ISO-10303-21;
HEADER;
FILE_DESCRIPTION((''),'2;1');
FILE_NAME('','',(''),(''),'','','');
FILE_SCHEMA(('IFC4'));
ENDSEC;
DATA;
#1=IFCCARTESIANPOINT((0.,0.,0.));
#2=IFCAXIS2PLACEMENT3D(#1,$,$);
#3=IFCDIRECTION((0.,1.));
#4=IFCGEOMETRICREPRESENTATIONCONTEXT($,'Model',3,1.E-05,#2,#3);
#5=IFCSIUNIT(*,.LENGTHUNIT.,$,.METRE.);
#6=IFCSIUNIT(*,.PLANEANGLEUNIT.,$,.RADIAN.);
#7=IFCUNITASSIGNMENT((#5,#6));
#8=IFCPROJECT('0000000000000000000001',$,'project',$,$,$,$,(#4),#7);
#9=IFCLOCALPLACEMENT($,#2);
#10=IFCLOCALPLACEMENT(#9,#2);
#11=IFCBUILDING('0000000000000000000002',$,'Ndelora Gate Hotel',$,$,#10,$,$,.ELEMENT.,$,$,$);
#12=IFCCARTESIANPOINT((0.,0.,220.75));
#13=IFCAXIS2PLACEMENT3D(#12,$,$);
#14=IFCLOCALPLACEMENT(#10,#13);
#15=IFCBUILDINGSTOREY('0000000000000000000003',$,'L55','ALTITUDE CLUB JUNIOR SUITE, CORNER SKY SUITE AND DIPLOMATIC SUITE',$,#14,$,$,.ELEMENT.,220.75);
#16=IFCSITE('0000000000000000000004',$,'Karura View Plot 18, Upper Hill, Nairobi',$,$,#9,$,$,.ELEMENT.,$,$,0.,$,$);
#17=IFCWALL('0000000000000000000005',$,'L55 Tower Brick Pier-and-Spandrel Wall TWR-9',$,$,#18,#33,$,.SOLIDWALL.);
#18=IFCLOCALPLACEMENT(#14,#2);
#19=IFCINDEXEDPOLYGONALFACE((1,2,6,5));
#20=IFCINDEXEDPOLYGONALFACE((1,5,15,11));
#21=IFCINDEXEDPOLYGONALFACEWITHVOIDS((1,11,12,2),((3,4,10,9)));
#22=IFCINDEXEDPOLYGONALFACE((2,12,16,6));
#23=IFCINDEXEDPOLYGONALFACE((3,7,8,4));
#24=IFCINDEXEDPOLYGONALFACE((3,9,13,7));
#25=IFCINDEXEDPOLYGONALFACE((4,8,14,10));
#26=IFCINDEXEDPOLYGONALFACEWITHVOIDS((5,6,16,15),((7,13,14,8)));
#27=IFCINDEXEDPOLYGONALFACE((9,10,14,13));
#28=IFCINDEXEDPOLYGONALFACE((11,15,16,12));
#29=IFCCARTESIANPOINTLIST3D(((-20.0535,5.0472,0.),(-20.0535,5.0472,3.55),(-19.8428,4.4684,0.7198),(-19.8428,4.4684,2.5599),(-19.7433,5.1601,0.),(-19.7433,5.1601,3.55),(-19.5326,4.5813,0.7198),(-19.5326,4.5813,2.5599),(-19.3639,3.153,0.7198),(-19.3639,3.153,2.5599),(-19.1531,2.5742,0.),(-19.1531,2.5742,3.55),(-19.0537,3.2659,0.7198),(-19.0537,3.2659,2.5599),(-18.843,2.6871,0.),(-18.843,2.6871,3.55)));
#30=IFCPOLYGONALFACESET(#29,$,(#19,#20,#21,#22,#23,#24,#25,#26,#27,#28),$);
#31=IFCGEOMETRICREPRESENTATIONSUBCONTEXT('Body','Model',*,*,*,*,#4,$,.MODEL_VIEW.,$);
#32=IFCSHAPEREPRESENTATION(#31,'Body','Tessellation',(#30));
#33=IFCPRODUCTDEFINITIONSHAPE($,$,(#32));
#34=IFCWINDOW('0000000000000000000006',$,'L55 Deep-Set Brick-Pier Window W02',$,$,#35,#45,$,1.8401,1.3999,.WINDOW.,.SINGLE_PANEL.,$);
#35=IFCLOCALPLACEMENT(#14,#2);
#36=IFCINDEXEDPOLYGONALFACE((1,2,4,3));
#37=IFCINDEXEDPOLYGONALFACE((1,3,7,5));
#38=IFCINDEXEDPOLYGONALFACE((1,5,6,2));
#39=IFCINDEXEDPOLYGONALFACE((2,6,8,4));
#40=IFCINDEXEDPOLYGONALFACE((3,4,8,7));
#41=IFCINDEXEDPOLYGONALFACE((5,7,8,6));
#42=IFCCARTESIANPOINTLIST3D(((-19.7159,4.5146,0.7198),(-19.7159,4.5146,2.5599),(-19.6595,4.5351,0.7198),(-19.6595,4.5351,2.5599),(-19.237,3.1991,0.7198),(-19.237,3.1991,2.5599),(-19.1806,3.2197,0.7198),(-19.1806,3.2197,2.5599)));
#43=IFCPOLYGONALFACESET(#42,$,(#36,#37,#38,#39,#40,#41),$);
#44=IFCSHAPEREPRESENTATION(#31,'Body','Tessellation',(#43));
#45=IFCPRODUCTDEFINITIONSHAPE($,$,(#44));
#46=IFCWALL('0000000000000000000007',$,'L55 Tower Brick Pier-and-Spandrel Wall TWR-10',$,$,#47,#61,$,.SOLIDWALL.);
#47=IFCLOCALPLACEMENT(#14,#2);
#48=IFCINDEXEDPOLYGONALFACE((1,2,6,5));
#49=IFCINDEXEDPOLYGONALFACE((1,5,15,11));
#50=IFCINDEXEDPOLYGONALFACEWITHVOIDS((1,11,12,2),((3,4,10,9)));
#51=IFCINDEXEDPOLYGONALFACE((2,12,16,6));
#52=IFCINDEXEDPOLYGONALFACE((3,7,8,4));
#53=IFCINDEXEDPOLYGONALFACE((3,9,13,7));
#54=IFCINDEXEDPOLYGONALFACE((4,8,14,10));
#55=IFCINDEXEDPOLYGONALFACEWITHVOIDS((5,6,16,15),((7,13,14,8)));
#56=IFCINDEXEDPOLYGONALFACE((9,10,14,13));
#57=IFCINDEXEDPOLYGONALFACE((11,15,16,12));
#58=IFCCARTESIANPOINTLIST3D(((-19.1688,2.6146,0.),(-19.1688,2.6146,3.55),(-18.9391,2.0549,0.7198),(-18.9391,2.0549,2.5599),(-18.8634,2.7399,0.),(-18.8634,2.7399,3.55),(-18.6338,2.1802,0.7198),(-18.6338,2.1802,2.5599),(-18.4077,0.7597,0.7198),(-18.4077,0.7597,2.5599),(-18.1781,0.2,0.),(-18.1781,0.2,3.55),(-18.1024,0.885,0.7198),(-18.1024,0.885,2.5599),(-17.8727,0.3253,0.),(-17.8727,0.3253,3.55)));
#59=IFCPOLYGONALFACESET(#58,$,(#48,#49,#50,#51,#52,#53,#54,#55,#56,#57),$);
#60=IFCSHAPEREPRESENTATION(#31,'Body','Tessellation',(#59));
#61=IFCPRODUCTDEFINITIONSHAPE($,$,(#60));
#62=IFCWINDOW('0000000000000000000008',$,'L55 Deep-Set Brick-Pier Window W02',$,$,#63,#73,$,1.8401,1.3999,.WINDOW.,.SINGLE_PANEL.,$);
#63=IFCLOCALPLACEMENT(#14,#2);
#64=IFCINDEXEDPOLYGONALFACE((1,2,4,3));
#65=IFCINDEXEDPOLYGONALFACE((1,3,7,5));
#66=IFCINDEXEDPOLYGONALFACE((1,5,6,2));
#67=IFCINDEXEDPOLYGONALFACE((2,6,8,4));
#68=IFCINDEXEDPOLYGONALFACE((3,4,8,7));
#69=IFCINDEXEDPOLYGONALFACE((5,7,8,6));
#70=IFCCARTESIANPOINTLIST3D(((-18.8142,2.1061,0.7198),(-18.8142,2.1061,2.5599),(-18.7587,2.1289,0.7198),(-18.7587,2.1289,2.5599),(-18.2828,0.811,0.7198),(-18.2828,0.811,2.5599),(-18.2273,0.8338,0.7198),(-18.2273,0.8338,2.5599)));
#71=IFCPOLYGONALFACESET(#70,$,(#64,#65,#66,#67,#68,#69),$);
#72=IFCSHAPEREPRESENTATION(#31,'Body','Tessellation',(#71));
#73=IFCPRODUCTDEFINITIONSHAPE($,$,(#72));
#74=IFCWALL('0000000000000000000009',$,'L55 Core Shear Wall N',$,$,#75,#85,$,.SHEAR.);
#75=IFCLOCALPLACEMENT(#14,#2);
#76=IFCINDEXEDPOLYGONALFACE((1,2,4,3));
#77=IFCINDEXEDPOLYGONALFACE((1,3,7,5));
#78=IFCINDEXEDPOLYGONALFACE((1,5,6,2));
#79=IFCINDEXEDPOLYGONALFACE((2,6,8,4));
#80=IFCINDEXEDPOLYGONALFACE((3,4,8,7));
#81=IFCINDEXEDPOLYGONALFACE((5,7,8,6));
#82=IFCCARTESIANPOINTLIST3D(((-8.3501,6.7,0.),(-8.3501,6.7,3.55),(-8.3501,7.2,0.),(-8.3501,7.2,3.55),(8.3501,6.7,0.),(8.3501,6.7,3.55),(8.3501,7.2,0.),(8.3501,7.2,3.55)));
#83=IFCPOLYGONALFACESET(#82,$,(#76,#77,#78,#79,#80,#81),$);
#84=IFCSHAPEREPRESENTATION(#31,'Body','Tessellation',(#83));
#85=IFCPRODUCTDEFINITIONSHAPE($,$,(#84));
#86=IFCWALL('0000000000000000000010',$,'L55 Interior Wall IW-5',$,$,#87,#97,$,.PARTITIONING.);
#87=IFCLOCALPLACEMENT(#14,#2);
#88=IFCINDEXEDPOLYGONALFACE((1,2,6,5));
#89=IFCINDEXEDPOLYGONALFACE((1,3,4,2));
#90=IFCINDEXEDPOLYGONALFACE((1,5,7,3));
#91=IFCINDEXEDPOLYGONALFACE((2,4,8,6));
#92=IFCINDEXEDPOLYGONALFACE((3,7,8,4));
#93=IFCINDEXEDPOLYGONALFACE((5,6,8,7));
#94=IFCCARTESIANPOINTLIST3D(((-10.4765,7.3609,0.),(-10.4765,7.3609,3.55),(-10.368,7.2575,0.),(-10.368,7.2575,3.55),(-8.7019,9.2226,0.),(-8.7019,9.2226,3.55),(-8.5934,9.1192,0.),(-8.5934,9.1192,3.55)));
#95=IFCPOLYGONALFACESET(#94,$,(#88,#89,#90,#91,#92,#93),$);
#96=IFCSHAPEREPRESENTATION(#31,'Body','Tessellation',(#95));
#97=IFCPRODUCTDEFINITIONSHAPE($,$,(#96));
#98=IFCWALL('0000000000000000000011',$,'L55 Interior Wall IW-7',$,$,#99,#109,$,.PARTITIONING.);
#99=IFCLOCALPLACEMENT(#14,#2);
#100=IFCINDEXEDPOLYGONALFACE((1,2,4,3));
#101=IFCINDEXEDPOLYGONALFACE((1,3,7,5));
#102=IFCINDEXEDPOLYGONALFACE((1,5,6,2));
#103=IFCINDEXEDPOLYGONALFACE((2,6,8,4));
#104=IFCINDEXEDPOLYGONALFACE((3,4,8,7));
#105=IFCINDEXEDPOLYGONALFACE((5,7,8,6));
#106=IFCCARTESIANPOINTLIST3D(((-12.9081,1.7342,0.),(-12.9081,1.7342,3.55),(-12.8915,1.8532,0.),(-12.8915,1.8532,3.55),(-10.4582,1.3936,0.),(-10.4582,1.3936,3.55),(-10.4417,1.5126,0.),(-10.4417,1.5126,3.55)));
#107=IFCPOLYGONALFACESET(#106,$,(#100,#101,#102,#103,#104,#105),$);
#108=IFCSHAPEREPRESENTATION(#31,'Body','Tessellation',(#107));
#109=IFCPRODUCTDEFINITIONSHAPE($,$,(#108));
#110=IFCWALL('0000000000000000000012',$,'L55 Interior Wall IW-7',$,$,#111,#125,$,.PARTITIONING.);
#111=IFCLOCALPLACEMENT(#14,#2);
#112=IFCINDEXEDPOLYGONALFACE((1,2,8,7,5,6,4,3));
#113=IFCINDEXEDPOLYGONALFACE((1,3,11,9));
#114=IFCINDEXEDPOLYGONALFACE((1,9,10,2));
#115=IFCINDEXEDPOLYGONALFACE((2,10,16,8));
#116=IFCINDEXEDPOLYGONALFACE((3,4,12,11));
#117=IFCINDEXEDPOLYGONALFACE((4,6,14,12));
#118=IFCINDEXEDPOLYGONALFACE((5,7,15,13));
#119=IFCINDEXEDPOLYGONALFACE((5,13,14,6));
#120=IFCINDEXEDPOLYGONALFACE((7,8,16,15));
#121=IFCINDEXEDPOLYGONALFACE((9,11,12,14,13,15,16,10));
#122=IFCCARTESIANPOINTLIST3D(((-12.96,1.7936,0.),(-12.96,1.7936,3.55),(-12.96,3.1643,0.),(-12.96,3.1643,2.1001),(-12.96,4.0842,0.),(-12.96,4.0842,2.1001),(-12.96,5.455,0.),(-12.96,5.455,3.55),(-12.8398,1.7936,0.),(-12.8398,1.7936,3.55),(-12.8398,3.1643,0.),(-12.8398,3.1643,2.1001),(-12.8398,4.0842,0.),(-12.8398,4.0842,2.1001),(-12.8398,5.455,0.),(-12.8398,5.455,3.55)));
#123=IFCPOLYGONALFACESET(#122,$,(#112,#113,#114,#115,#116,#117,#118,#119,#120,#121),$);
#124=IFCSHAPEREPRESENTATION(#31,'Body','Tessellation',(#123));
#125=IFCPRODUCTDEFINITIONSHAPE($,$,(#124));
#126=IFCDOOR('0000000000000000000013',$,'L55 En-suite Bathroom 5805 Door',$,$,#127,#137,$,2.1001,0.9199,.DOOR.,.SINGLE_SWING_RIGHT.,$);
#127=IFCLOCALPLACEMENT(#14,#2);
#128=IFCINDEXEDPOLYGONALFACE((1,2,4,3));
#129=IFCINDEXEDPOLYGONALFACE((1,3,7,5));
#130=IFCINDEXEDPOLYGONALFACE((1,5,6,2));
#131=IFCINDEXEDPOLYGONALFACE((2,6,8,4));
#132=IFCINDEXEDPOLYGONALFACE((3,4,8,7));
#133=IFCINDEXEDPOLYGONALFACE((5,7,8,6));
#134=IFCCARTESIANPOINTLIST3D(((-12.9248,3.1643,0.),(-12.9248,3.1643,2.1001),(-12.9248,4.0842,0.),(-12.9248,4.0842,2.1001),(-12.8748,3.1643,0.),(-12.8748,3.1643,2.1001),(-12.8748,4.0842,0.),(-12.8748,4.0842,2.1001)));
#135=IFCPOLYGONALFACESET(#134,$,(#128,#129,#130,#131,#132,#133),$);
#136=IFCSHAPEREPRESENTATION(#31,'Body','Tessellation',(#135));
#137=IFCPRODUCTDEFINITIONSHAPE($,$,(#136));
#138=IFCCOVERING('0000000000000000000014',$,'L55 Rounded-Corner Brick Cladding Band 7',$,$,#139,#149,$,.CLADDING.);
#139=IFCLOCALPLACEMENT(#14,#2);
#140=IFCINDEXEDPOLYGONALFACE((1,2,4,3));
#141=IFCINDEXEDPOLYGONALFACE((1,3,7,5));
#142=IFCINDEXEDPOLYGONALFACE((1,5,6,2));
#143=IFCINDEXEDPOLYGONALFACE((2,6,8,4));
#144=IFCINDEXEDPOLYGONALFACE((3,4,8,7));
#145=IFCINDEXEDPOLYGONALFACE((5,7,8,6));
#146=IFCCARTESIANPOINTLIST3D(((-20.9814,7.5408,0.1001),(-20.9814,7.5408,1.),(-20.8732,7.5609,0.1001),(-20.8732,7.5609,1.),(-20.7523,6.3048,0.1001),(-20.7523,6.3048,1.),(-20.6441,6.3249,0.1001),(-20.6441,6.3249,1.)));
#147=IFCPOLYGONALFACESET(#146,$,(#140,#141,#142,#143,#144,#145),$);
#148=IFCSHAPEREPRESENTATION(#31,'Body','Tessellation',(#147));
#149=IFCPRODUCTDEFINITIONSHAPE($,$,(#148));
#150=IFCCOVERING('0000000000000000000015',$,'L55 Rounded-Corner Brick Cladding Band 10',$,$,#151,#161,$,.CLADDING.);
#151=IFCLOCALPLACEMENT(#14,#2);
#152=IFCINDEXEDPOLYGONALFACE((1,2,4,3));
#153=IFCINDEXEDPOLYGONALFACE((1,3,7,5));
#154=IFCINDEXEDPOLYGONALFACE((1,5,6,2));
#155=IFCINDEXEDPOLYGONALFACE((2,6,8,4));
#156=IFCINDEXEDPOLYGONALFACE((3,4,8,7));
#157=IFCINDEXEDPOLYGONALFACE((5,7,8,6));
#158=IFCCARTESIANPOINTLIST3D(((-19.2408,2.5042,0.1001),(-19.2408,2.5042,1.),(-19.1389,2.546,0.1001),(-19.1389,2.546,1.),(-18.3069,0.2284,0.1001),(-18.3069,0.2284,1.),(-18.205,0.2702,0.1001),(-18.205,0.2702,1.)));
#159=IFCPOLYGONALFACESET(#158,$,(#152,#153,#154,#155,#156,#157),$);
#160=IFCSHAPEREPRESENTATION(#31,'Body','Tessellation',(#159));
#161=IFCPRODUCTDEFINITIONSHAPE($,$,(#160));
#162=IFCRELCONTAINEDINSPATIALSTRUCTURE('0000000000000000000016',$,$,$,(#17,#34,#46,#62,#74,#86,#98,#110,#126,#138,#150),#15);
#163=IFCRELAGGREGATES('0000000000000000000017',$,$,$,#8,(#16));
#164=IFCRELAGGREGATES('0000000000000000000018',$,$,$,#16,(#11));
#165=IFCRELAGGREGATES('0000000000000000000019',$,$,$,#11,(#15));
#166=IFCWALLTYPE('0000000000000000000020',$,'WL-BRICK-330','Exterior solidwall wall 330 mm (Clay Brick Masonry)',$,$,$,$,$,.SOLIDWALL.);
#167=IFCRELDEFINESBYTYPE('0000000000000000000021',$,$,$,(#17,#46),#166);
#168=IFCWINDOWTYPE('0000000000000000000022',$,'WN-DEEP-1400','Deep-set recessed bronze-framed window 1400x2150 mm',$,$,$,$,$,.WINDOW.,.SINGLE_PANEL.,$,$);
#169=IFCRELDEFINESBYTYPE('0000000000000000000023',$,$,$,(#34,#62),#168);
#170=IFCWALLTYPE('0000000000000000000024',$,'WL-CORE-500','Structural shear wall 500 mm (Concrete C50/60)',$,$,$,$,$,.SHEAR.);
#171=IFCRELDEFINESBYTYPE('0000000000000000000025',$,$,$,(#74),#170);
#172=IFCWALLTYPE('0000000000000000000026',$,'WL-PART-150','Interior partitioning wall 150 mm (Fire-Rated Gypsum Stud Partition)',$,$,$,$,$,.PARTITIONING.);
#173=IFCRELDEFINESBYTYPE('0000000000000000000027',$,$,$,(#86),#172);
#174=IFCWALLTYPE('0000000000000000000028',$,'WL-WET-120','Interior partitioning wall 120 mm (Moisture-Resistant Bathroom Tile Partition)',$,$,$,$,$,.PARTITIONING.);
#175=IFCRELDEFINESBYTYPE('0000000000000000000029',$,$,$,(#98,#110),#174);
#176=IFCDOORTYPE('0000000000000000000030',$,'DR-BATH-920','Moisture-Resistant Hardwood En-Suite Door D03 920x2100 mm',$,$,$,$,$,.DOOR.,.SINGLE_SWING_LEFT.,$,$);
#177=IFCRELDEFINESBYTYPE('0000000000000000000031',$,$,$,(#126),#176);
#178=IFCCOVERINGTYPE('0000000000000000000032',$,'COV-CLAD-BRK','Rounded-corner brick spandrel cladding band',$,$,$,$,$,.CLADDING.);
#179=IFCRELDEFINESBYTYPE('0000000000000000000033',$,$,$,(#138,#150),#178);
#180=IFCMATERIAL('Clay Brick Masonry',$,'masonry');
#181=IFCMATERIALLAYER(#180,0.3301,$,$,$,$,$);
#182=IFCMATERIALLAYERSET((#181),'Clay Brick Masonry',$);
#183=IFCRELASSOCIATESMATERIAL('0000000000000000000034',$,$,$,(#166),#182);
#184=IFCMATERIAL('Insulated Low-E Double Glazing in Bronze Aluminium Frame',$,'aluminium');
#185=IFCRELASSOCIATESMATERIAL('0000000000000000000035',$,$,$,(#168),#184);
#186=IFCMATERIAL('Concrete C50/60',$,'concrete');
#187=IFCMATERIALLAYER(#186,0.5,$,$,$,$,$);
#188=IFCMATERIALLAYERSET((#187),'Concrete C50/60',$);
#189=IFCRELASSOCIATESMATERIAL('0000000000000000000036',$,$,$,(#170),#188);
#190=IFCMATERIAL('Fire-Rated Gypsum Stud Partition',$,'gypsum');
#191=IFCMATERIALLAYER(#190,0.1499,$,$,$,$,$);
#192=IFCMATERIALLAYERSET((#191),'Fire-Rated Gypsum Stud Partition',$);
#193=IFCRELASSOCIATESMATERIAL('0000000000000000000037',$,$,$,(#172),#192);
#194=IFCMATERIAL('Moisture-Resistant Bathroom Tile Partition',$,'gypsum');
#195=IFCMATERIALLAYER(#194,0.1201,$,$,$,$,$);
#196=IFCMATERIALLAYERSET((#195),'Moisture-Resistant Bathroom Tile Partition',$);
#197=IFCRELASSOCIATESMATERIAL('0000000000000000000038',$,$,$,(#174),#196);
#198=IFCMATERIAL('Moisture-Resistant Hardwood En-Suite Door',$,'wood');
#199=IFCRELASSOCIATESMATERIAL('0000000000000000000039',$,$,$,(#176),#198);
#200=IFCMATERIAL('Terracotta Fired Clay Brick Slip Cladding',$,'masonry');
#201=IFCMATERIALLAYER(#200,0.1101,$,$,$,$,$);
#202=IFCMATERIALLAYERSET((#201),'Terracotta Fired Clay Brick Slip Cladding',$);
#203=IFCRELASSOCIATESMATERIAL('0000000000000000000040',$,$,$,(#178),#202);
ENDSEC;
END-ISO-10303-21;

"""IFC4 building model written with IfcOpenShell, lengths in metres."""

from ifc_helpers import new_model, si_unit, direction, frame, frame_2d, origin, origin_2d, place, context, subcontext, project, spatial, rectangle, extrude, material, layer, layer_set, type_object, element, fill, save


model = new_model("IFC4")

# Units and contexts
model_context = context("Model", 3, precision=1e-05, world=origin(), true_north=direction((0.0, 1.0)))
body_context = subcontext(model_context, "Body", "Model", "MODEL_VIEW")
ifc_project = project(units=[si_unit("LENGTHUNIT", "METRE"), si_unit("PLANEANGLEUNIT", "RADIAN")], contexts=[model_context])

# Site, building, storey
site_placement = place(None, origin())
site = spatial("IfcSite", under=ifc_project, at=site_placement, Name="Karura View Plot 18, Upper Hill, Nairobi", CompositionType="ELEMENT", RefElevation=0.0)
building_placement = place(site_placement, origin())
building = spatial("IfcBuilding", under=site, at=building_placement, Name="Ndelora Gate Hotel", CompositionType="ELEMENT")
storey_placement = place(building_placement, frame((0.0, 0.0, 220.75)))
storey = spatial("IfcBuildingStorey", under=building, at=storey_placement, Name="L55", Description="ALTITUDE CLUB JUNIOR SUITE, CORNER SKY SUITE AND DIPLOMATIC SUITE", CompositionType="ELEMENT", Elevation=220.75)

# Shared definitions
ifc_material_1 = material(Name="Concrete C50/60", Category="concrete")

# Shared definitions
ifc_material_2 = material(Name="Clay Brick Masonry", Category="masonry")
ifc_layer_1 = layer(ifc_material_2, 0.3301)
ifc_layer_set_1 = layer_set([ifc_layer_1], Name="Clay Brick Masonry")
wall_type_1 = type_object("IfcWallType", Name="WL-BRICK-330", Description="Exterior solidwall wall 330 mm (Clay Brick Masonry)", PredefinedType="SOLIDWALL", material=ifc_layer_set_1)

# Walls, openings, windows
wall_1_placement = place(storey_placement, frame((-18.998, 2.6306, 0.0), z_axis=(0.0, 0.0, 1.0), x_axis=(-0.342101, 0.939663, 0.0)))
wall_1 = element("IfcWall", 1, at=wall_1_placement, inside=storey, type_object=wall_type_1, Name="L55 Tower Brick Pier-and-Spandrel Wall TWR-9", PredefinedType="SOLIDWALL", context=body_context, shape_type="SweptSolid", body=[
    extrude(rectangle(XDim=2.6318, YDim=0.3301, at=frame_2d((1.3159, 0.0))), origin(), (0.0, 0.0, 1.0), 3.55),
])
opening_1_placement = place(wall_1_placement, frame((0.616, 0.0, 0.72)))
opening_1 = element("IfcOpeningElement", 2, at=opening_1_placement, cuts=wall_1, PredefinedType="OPENING", context=body_context, shape_type="SweptSolid", body=[
    extrude(rectangle(XDim=1.3999, YDim=1.8401, at=frame_2d((0.7, 0.9199))), frame((0.0, 0.175, 0.0), z_axis=(0.0, -1.0, 0.0), x_axis=(1.0, 0.0, 0.0)), (0.0, 0.0, 1.0), 0.3501),
])
ifc_material_3 = material(Name="Insulated Low-E Double Glazing in Bronze Aluminium Frame", Category="aluminium")
window_type = type_object("IfcWindowType", Name="WN-DEEP-1400", Description="Deep-set recessed bronze-framed window 1400x2150 mm", PartitioningType="SINGLE_PANEL", PredefinedType="WINDOW", material=ifc_material_3)
window_1_placement = place(opening_1_placement, origin())
window_1 = element("IfcWindow", 3, at=window_1_placement, inside=storey, type_object=window_type, Name="L55 Deep-Set Brick-Pier Window W02", OverallHeight=1.8401, OverallWidth=1.3999, PartitioningType="SINGLE_PANEL", PredefinedType="WINDOW", context=body_context, shape_type="SweptSolid", body=[
    extrude(rectangle(XDim=1.3999, YDim=1.8401, at=frame_2d((0.7, 0.9199))), frame((0.0, 0.03, 0.0), z_axis=(0.0, -1.0, 0.0), x_axis=(1.0, 0.0, 0.0)), (0.0, 0.0, 1.0), 0.0601),
])
fill(opening_1, window_1)
wall_2_placement = place(storey_placement, frame((-18.0254, 0.2627, 0.0), z_axis=(0.0, 0.0, 1.0), x_axis=(-0.379602, 0.92515, 0.0)))
wall_2 = element("IfcWall", 4, at=wall_2_placement, inside=storey, type_object=wall_type_1, Name="L55 Tower Brick Pier-and-Spandrel Wall TWR-10", PredefinedType="SOLIDWALL", context=body_context, shape_type="SweptSolid", body=[
    extrude(rectangle(XDim=2.6099, YDim=0.3301, at=frame_2d((1.3049, 0.0))), origin(), (0.0, 0.0, 1.0), 3.55),
])
opening_2_placement = place(wall_2_placement, frame((0.605, 0.0, 0.72)))
opening_2 = element("IfcOpeningElement", 5, at=opening_2_placement, cuts=wall_2, PredefinedType="OPENING", context=body_context, shape_type="SweptSolid", body=[
    extrude(rectangle(XDim=1.3999, YDim=1.8401, at=frame_2d((0.7, 0.9199))), frame((0.0, 0.175, 0.0), z_axis=(0.0, -1.0, 0.0), x_axis=(1.0, 0.0, 0.0)), (0.0, 0.0, 1.0), 0.3501),
])
window_2_placement = place(opening_2_placement, origin())
window_2 = element("IfcWindow", 6, at=window_2_placement, inside=storey, type_object=window_type, Name="L55 Deep-Set Brick-Pier Window W02", OverallHeight=1.8401, OverallWidth=1.3999, PartitioningType="SINGLE_PANEL", PredefinedType="WINDOW", context=body_context, shape_type="SweptSolid", body=[
    extrude(rectangle(XDim=1.3999, YDim=1.8401, at=frame_2d((0.7, 0.9199))), frame((0.0, 0.03, 0.0), z_axis=(0.0, -1.0, 0.0), x_axis=(1.0, 0.0, 0.0)), (0.0, 0.0, 1.0), 0.0601),
])
fill(opening_2, window_2)

# Wall
ifc_layer_2 = layer(ifc_material_1, 0.5)
ifc_layer_set_2 = layer_set([ifc_layer_2], Name="Concrete C50/60")
wall_type_2 = type_object("IfcWallType", Name="WL-CORE-500", Description="Structural shear wall 500 mm (Concrete C50/60)", PredefinedType="SHEAR", material=ifc_layer_set_2)
wall_3_placement = place(storey_placement, frame((-8.3501, 6.95, 0.0), z_axis=(0.0, 0.0, 1.0), x_axis=(1.0, 0.0, 0.0)))
element("IfcWall", 7, at=wall_3_placement, inside=storey, type_object=wall_type_2, Name="L55 Core Shear Wall N", PredefinedType="SHEAR", context=body_context, shape_type="SweptSolid", body=[
    extrude(rectangle(XDim=16.7002, YDim=0.5, at=frame_2d((8.3501, 0.0))), origin(), (0.0, 0.0, 1.0), 3.55),
])

# Wall
ifc_material_4 = material(Name="Fire-Rated Gypsum Stud Partition", Category="gypsum")
ifc_layer_3 = layer(ifc_material_4, 0.1499)
ifc_layer_set_3 = layer_set([ifc_layer_3], Name="Fire-Rated Gypsum Stud Partition")
wall_type_3 = type_object("IfcWallType", Name="WL-PART-150", Description="Interior partitioning wall 150 mm (Fire-Rated Gypsum Stud Partition)", PredefinedType="PARTITIONING", material=ifc_layer_set_3)
wall_4_placement = place(storey_placement, frame((-10.4224, 7.3091, 0.0), z_axis=(0.0, 0.0, 1.0), x_axis=(0.689961, 0.723847, 0.0)))
element("IfcWall", 8, at=wall_4_placement, inside=storey, type_object=wall_type_3, Name="L55 Interior Wall IW-5", PredefinedType="PARTITIONING", context=body_context, shape_type="SweptSolid", body=[
    extrude(rectangle(XDim=2.572, YDim=0.1499, at=frame_2d((1.2861, 0.0))), origin(), (0.0, 0.0, 1.0), 3.55),
])

# Wall
ifc_material_5 = material(Name="Moisture-Resistant Bathroom Tile Partition", Category="gypsum")
ifc_layer_4 = layer(ifc_material_5, 0.1201)
ifc_layer_set_4 = layer_set([ifc_layer_4], Name="Moisture-Resistant Bathroom Tile Partition")
wall_type_4 = type_object("IfcWallType", Name="WL-WET-120", Description="Interior partitioning wall 120 mm (Moisture-Resistant Bathroom Tile Partition)", PredefinedType="PARTITIONING", material=ifc_layer_set_4)
wall_5_placement = place(storey_placement, frame((-12.8999, 1.7937, 0.0), z_axis=(0.0, 0.0, 1.0), x_axis=(0.990475, -0.137689, 0.0)))
element("IfcWall", 9, at=wall_5_placement, inside=storey, type_object=wall_type_4, Name="L55 Interior Wall IW-7", PredefinedType="PARTITIONING", context=body_context, shape_type="SweptSolid", body=[
    extrude(rectangle(XDim=2.4734, YDim=0.1201, at=frame_2d((1.2368, 0.0))), origin(), (0.0, 0.0, 1.0), 3.55),
])

# Wall, opening, door
wall_6_placement = place(storey_placement, frame((-12.8999, 1.7937, 0.0), z_axis=(0.0, 0.0, 1.0), x_axis=(0.0, 1.0, 0.0)))
wall_6 = element("IfcWall", 10, at=wall_6_placement, inside=storey, type_object=wall_type_4, Name="L55 Interior Wall IW-7", PredefinedType="PARTITIONING", context=body_context, shape_type="SweptSolid", body=[
    extrude(rectangle(XDim=3.6614, YDim=0.1201, at=frame_2d((1.8306, 0.0))), origin(), (0.0, 0.0, 1.0), 3.55),
])
opening_3_placement = place(wall_6_placement, frame((1.3706, 0.0, 0.0)))
opening_3 = element("IfcOpeningElement", 11, at=opening_3_placement, cuts=wall_6, PredefinedType="OPENING", context=body_context, shape_type="SweptSolid", body=[
    extrude(rectangle(XDim=0.9199, YDim=2.1001, at=frame_2d((0.46, 1.05))), frame((0.0, 0.0701, 0.0), z_axis=(0.0, -1.0, 0.0), x_axis=(1.0, 0.0, 0.0)), (0.0, 0.0, 1.0), 0.1401),
])
ifc_material_6 = material(Name="Moisture-Resistant Hardwood En-Suite Door", Category="wood")
door_type_1 = type_object("IfcDoorType", Name="DR-BATH-920", Description="Moisture-Resistant Hardwood En-Suite Door D03 920x2100 mm", OperationType="SINGLE_SWING_LEFT", PredefinedType="DOOR", material=ifc_material_6)
door_1_placement = place(opening_3_placement, origin())
door_1 = element("IfcDoor", 12, at=door_1_placement, inside=storey, type_object=door_type_1, Name="L55 En-suite Bathroom 5805 Door", OperationType="SINGLE_SWING_RIGHT", OverallHeight=2.1001, OverallWidth=0.9199, PredefinedType="DOOR", context=body_context, shape_type="SweptSolid", body=[
    extrude(rectangle(XDim=0.9199, YDim=2.1001, at=frame_2d((0.46, 1.05))), frame((0.0, 0.0249, 0.0), z_axis=(0.0, -1.0, 0.0), x_axis=(1.0, 0.0, 0.0)), (0.0, 0.0, 1.0), 0.05),
])
fill(opening_3, door_1)

# Coverings
ifc_material_7 = material(Name="Terracotta Fired Clay Brick Slip Cladding", Category="masonry")
ifc_layer_5 = layer(ifc_material_7, 0.1101)
ifc_layer_set_5 = layer_set([ifc_layer_5], Name="Terracotta Fired Clay Brick Slip Cladding")
covering_type_1 = type_object("IfcCoveringType", Name="COV-CLAD-BRK", Description="Rounded-corner brick spandrel cladding band", PredefinedType="CLADDING", material=ifc_layer_set_5)
covering_1_placement = place(storey_placement, frame((-20.8127, 6.9329, 0.1001), z_axis=(0.0, 0.0, 1.0), x_axis=(-0.182236, 0.983255, 0.0)))
element("IfcCovering", 13, at=covering_1_placement, inside=storey, type_object=covering_type_1, Name="L55 Rounded-Corner Brick Cladding Band 7", PredefinedType="CLADDING", context=body_context, shape_type="SweptSolid", body=[
    extrude(rectangle(XDim=1.2571, YDim=0.1101, at=origin_2d()), origin(), (0.0, 0.0, 1.0), 0.8999),
])
covering_2_placement = place(storey_placement, frame((-18.7229, 1.3872, 0.1001), z_axis=(0.0, 0.0, 1.0), x_axis=(-0.379618, 0.925143, 0.0)))
element("IfcCovering", 14, at=covering_2_placement, inside=storey, type_object=covering_type_1, Name="L55 Rounded-Corner Brick Cladding Band 10", PredefinedType="CLADDING", context=body_context, shape_type="SweptSolid", body=[
    extrude(rectangle(XDim=2.46, YDim=0.1101, at=origin_2d()), origin(), (0.0, 0.0, 1.0), 0.8999),
])

save(model, "model.ifc")
